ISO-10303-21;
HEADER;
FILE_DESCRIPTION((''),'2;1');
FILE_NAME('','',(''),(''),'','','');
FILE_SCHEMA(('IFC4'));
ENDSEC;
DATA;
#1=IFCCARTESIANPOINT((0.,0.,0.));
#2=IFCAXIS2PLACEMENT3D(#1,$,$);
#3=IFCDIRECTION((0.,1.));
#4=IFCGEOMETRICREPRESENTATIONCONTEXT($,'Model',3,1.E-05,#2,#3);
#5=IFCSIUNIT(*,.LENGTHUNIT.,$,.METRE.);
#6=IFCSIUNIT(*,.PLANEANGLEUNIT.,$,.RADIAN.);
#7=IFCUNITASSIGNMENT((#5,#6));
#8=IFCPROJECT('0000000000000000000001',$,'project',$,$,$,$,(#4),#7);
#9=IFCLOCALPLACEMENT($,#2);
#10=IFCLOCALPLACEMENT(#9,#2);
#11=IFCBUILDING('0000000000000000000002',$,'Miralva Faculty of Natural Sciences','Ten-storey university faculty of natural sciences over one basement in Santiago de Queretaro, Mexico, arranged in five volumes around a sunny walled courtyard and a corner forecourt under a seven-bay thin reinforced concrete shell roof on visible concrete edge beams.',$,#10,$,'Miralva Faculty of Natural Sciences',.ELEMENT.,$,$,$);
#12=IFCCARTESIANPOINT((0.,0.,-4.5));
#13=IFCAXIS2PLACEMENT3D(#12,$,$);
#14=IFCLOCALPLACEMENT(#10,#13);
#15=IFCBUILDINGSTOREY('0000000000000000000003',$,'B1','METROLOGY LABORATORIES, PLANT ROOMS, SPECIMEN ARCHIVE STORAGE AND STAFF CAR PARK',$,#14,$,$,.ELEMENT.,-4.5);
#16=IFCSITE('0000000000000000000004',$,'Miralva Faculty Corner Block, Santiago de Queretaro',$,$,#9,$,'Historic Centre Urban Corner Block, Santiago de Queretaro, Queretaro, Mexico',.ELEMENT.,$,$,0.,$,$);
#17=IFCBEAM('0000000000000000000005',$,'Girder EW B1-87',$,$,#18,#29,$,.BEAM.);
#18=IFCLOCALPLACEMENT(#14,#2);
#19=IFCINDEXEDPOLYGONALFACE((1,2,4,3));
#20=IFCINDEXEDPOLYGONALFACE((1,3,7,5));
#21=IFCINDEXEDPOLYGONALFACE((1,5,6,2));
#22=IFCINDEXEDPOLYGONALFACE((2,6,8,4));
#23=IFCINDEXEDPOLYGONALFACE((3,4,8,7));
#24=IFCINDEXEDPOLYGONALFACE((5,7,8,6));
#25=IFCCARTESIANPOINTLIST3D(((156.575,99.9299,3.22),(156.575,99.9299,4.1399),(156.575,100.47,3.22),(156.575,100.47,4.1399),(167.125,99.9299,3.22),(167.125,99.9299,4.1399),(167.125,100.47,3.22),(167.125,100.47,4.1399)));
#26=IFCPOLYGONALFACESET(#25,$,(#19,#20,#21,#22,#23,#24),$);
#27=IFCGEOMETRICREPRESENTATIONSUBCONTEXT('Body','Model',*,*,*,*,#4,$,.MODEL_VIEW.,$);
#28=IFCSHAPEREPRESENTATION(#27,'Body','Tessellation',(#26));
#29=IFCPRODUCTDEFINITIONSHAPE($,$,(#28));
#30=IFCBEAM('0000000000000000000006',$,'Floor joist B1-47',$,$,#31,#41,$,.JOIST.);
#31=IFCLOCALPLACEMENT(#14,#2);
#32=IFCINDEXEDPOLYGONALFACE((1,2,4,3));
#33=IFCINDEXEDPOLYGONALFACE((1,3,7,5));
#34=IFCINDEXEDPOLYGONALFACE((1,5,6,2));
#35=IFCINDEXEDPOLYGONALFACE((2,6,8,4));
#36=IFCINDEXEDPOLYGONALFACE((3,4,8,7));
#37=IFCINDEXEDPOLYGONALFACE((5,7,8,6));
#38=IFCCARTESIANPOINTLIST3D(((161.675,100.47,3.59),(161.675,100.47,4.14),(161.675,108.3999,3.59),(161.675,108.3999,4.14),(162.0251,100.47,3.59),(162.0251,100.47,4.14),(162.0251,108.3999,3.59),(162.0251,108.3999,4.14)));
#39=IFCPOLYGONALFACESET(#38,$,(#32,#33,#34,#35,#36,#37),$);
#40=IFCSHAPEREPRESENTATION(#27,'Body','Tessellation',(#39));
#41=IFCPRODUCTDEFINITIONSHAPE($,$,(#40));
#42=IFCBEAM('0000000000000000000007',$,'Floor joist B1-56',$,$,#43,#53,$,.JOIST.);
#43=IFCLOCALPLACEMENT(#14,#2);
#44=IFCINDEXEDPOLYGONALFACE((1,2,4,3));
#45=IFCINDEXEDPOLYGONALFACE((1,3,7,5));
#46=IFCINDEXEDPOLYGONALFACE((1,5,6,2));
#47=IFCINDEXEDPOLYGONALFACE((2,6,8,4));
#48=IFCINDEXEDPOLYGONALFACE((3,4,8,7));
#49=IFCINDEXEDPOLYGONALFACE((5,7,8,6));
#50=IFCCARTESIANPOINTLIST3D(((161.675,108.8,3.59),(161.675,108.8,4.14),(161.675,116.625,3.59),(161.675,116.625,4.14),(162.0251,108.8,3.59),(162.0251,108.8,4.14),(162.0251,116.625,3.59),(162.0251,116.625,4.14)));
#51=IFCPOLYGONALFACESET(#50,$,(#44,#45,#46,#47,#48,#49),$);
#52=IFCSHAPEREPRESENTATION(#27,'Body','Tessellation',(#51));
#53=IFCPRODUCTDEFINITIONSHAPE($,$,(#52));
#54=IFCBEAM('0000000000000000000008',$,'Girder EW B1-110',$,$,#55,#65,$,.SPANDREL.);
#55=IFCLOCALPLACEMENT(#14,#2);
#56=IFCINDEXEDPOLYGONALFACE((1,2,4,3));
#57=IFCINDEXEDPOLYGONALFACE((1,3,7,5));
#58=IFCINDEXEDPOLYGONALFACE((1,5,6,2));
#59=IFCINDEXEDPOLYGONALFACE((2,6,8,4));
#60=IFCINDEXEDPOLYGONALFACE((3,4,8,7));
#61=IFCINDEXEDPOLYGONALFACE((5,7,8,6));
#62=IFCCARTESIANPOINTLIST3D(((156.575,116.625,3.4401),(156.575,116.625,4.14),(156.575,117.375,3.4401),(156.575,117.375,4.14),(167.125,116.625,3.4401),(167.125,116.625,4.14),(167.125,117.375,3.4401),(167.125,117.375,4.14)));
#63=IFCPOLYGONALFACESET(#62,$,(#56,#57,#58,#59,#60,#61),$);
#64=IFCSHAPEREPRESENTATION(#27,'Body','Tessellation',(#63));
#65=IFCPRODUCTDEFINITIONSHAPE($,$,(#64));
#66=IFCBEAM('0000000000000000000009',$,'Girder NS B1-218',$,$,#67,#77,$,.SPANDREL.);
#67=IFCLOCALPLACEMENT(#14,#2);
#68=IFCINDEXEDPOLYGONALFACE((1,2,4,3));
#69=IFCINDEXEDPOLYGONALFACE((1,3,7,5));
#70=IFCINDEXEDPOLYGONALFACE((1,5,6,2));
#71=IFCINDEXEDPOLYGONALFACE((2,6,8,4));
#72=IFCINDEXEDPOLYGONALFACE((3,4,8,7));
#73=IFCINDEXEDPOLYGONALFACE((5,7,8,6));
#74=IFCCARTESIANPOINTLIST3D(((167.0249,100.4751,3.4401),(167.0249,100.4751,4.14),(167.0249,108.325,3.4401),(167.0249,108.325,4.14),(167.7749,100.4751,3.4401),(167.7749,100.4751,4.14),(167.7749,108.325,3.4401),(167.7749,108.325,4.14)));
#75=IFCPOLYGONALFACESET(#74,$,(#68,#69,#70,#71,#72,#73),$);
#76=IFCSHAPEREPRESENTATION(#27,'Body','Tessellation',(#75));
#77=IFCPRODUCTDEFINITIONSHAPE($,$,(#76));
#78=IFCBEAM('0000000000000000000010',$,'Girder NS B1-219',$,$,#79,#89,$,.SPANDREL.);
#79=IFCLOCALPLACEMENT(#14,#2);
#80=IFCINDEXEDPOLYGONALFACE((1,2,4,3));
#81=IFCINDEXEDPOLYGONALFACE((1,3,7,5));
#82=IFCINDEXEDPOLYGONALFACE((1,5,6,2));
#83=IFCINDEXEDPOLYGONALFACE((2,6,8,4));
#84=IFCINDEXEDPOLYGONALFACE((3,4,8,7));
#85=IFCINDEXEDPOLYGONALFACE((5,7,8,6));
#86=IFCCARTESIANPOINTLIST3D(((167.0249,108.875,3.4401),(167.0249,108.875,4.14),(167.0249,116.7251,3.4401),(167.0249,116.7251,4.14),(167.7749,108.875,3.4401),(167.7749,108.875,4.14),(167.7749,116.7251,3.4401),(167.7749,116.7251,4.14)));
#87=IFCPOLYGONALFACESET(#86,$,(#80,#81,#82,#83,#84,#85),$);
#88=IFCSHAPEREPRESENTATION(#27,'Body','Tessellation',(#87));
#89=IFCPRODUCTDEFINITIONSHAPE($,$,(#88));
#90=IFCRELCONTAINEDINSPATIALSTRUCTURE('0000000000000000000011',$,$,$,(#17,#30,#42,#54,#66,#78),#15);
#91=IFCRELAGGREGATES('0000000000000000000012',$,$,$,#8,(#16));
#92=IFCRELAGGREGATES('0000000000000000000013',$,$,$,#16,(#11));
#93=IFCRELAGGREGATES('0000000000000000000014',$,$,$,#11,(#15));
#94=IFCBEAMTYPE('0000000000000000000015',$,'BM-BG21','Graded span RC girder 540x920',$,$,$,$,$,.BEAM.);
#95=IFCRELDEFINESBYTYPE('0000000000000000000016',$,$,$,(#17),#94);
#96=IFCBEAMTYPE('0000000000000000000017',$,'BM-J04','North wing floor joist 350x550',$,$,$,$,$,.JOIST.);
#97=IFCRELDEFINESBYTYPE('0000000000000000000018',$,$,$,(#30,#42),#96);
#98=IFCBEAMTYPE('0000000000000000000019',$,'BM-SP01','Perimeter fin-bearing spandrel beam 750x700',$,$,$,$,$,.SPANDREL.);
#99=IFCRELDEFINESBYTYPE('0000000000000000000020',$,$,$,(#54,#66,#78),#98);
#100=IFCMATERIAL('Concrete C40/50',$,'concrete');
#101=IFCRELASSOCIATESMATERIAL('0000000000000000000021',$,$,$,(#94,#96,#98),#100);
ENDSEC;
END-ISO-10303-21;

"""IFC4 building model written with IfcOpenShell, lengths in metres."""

from ifc_helpers import new_model, si_unit, direction, frame, origin, origin_2d, place, context, subcontext, project, spatial, rectangle, extrude, material, material_profile, profile_set, type_object, element, save


model = new_model("IFC4")

# Units and contexts
model_context = context("Model", 3, precision=1e-05, world=origin(), true_north=direction((0.0, 1.0)))
body_context = subcontext(model_context, "Body", "Model", "MODEL_VIEW")
ifc_project = project(units=[si_unit("LENGTHUNIT", "METRE"), si_unit("PLANEANGLEUNIT", "RADIAN")], contexts=[model_context])

# Site, building, storey
site_placement = place(None, origin())
site = spatial("IfcSite", under=ifc_project, at=site_placement, Name="Miralva Faculty Corner Block, Santiago de Queretaro", LongName="Historic Centre Urban Corner Block, Santiago de Queretaro, Queretaro, Mexico", CompositionType="ELEMENT", RefElevation=0.0)
building_placement = place(site_placement, origin())
building = spatial("IfcBuilding", under=site, at=building_placement, Name="Miralva Faculty of Natural Sciences", Description="Ten-storey university faculty of natural sciences over one basement in Santiago de Queretaro, Mexico, arranged in five volumes around a sunny walled courtyard and a corner forecourt under a seven-bay thin reinforced concrete shell roof on visible concrete edge beams.", LongName="Miralva Faculty of Natural Sciences", CompositionType="ELEMENT")
storey_placement = place(building_placement, frame((0.0, 0.0, -4.5)))
storey = spatial("IfcBuildingStorey", under=building, at=storey_placement, Name="B1", Description="METROLOGY LABORATORIES, PLANT ROOMS, SPECIMEN ARCHIVE STORAGE AND STAFF CAR PARK", CompositionType="ELEMENT", Elevation=-4.5)

# Shared definitions
ifc_material_1 = material(Name="Concrete C40/50", Category="concrete")

# Beams
ifc_material_profile_1 = material_profile(ifc_material_1, rectangle(XDim=0.54, YDim=0.9199, at=origin_2d()), Name="RC 540x920")
ifc_profile_set_1 = profile_set([ifc_material_profile_1], Name="Concrete C40/50")
beam_type_1 = type_object("IfcBeamType", Name="BM-BG21", Description="Graded span RC girder 540x920", PredefinedType="BEAM", material=ifc_profile_set_1)
beam_1_placement = place(storey_placement, frame((156.575, 100.2, 3.6799), z_axis=(1.0, 0.0, 0.0), x_axis=(0.0, 1.0, 0.0)))
element("IfcBeam", 1, at=beam_1_placement, inside=storey, type_object=beam_type_1, Name="Girder EW B1-87", PredefinedType="BEAM", context=body_context, shape_type="SweptSolid", body=[
    extrude(rectangle(XDim=0.54, YDim=0.9199, at=origin_2d()), origin(), (0.0, 0.0, 1.0), 10.55),
])
ifc_material_profile_2 = material_profile(ifc_material_1, rectangle(XDim=0.3501, YDim=0.55, at=origin_2d()), Name="RC 350x550")
ifc_profile_set_2 = profile_set([ifc_material_profile_2], Name="Concrete C40/50")
beam_type_2 = type_object("IfcBeamType", Name="BM-J04", Description="North wing floor joist 350x550", PredefinedType="JOIST", material=ifc_profile_set_2)
beam_2_placement = place(storey_placement, frame((161.8501, 100.47, 3.865), z_axis=(0.0, 1.0, 0.0), x_axis=(-1.0, 0.0, 0.0)))
element("IfcBeam", 2, at=beam_2_placement, inside=storey, type_object=beam_type_2, Name="Floor joist B1-47", PredefinedType="JOIST", context=body_context, shape_type="SweptSolid", body=[
    extrude(rectangle(XDim=0.3501, YDim=0.55, at=origin_2d()), origin(), (0.0, 0.0, 1.0), 7.9299),
])
beam_3_placement = place(storey_placement, frame((161.8501, 108.8, 3.865), z_axis=(0.0, 1.0, 0.0), x_axis=(-1.0, 0.0, 0.0)))
element("IfcBeam", 3, at=beam_3_placement, inside=storey, type_object=beam_type_2, Name="Floor joist B1-56", PredefinedType="JOIST", context=body_context, shape_type="SweptSolid", body=[
    extrude(rectangle(XDim=0.3501, YDim=0.55, at=origin_2d()), origin(), (0.0, 0.0, 1.0), 7.825),
])
ifc_material_profile_3 = material_profile(ifc_material_1, rectangle(XDim=0.75, YDim=0.7, at=origin_2d()), Name="RC 750x700")
ifc_profile_set_3 = profile_set([ifc_material_profile_3], Name="Concrete C40/50")
beam_type_3 = type_object("IfcBeamType", Name="BM-SP01", Description="Perimeter fin-bearing spandrel beam 750x700", PredefinedType="SPANDREL", material=ifc_profile_set_3)
beam_4_placement = place(storey_placement, frame((156.575, 117.0, 3.79), z_axis=(1.0, 0.0, 0.0), x_axis=(0.0, 1.0, 0.0)))
element("IfcBeam", 4, at=beam_4_placement, inside=storey, type_object=beam_type_3, Name="Girder EW B1-110", PredefinedType="SPANDREL", context=body_context, shape_type="SweptSolid", body=[
    extrude(rectangle(XDim=0.75, YDim=0.7, at=origin_2d()), origin(), (0.0, 0.0, 1.0), 10.55),
])
beam_5_placement = place(storey_placement, frame((167.3999, 100.4751, 3.79), z_axis=(0.0, 1.0, 0.0), x_axis=(-1.0, 0.0, 0.0)))
element("IfcBeam", 5, at=beam_5_placement, inside=storey, type_object=beam_type_3, Name="Girder NS B1-218", PredefinedType="SPANDREL", context=body_context, shape_type="SweptSolid", body=[
    extrude(rectangle(XDim=0.75, YDim=0.7, at=origin_2d()), origin(), (0.0, 0.0, 1.0), 7.8499),
])
beam_6_placement = place(storey_placement, frame((167.3999, 108.875, 3.79), z_axis=(0.0, 1.0, 0.0), x_axis=(-1.0, 0.0, 0.0)))
element("IfcBeam", 6, at=beam_6_placement, inside=storey, type_object=beam_type_3, Name="Girder NS B1-219", PredefinedType="SPANDREL", context=body_context, shape_type="SweptSolid", body=[
    extrude(rectangle(XDim=0.75, YDim=0.7, at=origin_2d()), origin(), (0.0, 0.0, 1.0), 7.8501),
])

save(model, "model.ifc")
